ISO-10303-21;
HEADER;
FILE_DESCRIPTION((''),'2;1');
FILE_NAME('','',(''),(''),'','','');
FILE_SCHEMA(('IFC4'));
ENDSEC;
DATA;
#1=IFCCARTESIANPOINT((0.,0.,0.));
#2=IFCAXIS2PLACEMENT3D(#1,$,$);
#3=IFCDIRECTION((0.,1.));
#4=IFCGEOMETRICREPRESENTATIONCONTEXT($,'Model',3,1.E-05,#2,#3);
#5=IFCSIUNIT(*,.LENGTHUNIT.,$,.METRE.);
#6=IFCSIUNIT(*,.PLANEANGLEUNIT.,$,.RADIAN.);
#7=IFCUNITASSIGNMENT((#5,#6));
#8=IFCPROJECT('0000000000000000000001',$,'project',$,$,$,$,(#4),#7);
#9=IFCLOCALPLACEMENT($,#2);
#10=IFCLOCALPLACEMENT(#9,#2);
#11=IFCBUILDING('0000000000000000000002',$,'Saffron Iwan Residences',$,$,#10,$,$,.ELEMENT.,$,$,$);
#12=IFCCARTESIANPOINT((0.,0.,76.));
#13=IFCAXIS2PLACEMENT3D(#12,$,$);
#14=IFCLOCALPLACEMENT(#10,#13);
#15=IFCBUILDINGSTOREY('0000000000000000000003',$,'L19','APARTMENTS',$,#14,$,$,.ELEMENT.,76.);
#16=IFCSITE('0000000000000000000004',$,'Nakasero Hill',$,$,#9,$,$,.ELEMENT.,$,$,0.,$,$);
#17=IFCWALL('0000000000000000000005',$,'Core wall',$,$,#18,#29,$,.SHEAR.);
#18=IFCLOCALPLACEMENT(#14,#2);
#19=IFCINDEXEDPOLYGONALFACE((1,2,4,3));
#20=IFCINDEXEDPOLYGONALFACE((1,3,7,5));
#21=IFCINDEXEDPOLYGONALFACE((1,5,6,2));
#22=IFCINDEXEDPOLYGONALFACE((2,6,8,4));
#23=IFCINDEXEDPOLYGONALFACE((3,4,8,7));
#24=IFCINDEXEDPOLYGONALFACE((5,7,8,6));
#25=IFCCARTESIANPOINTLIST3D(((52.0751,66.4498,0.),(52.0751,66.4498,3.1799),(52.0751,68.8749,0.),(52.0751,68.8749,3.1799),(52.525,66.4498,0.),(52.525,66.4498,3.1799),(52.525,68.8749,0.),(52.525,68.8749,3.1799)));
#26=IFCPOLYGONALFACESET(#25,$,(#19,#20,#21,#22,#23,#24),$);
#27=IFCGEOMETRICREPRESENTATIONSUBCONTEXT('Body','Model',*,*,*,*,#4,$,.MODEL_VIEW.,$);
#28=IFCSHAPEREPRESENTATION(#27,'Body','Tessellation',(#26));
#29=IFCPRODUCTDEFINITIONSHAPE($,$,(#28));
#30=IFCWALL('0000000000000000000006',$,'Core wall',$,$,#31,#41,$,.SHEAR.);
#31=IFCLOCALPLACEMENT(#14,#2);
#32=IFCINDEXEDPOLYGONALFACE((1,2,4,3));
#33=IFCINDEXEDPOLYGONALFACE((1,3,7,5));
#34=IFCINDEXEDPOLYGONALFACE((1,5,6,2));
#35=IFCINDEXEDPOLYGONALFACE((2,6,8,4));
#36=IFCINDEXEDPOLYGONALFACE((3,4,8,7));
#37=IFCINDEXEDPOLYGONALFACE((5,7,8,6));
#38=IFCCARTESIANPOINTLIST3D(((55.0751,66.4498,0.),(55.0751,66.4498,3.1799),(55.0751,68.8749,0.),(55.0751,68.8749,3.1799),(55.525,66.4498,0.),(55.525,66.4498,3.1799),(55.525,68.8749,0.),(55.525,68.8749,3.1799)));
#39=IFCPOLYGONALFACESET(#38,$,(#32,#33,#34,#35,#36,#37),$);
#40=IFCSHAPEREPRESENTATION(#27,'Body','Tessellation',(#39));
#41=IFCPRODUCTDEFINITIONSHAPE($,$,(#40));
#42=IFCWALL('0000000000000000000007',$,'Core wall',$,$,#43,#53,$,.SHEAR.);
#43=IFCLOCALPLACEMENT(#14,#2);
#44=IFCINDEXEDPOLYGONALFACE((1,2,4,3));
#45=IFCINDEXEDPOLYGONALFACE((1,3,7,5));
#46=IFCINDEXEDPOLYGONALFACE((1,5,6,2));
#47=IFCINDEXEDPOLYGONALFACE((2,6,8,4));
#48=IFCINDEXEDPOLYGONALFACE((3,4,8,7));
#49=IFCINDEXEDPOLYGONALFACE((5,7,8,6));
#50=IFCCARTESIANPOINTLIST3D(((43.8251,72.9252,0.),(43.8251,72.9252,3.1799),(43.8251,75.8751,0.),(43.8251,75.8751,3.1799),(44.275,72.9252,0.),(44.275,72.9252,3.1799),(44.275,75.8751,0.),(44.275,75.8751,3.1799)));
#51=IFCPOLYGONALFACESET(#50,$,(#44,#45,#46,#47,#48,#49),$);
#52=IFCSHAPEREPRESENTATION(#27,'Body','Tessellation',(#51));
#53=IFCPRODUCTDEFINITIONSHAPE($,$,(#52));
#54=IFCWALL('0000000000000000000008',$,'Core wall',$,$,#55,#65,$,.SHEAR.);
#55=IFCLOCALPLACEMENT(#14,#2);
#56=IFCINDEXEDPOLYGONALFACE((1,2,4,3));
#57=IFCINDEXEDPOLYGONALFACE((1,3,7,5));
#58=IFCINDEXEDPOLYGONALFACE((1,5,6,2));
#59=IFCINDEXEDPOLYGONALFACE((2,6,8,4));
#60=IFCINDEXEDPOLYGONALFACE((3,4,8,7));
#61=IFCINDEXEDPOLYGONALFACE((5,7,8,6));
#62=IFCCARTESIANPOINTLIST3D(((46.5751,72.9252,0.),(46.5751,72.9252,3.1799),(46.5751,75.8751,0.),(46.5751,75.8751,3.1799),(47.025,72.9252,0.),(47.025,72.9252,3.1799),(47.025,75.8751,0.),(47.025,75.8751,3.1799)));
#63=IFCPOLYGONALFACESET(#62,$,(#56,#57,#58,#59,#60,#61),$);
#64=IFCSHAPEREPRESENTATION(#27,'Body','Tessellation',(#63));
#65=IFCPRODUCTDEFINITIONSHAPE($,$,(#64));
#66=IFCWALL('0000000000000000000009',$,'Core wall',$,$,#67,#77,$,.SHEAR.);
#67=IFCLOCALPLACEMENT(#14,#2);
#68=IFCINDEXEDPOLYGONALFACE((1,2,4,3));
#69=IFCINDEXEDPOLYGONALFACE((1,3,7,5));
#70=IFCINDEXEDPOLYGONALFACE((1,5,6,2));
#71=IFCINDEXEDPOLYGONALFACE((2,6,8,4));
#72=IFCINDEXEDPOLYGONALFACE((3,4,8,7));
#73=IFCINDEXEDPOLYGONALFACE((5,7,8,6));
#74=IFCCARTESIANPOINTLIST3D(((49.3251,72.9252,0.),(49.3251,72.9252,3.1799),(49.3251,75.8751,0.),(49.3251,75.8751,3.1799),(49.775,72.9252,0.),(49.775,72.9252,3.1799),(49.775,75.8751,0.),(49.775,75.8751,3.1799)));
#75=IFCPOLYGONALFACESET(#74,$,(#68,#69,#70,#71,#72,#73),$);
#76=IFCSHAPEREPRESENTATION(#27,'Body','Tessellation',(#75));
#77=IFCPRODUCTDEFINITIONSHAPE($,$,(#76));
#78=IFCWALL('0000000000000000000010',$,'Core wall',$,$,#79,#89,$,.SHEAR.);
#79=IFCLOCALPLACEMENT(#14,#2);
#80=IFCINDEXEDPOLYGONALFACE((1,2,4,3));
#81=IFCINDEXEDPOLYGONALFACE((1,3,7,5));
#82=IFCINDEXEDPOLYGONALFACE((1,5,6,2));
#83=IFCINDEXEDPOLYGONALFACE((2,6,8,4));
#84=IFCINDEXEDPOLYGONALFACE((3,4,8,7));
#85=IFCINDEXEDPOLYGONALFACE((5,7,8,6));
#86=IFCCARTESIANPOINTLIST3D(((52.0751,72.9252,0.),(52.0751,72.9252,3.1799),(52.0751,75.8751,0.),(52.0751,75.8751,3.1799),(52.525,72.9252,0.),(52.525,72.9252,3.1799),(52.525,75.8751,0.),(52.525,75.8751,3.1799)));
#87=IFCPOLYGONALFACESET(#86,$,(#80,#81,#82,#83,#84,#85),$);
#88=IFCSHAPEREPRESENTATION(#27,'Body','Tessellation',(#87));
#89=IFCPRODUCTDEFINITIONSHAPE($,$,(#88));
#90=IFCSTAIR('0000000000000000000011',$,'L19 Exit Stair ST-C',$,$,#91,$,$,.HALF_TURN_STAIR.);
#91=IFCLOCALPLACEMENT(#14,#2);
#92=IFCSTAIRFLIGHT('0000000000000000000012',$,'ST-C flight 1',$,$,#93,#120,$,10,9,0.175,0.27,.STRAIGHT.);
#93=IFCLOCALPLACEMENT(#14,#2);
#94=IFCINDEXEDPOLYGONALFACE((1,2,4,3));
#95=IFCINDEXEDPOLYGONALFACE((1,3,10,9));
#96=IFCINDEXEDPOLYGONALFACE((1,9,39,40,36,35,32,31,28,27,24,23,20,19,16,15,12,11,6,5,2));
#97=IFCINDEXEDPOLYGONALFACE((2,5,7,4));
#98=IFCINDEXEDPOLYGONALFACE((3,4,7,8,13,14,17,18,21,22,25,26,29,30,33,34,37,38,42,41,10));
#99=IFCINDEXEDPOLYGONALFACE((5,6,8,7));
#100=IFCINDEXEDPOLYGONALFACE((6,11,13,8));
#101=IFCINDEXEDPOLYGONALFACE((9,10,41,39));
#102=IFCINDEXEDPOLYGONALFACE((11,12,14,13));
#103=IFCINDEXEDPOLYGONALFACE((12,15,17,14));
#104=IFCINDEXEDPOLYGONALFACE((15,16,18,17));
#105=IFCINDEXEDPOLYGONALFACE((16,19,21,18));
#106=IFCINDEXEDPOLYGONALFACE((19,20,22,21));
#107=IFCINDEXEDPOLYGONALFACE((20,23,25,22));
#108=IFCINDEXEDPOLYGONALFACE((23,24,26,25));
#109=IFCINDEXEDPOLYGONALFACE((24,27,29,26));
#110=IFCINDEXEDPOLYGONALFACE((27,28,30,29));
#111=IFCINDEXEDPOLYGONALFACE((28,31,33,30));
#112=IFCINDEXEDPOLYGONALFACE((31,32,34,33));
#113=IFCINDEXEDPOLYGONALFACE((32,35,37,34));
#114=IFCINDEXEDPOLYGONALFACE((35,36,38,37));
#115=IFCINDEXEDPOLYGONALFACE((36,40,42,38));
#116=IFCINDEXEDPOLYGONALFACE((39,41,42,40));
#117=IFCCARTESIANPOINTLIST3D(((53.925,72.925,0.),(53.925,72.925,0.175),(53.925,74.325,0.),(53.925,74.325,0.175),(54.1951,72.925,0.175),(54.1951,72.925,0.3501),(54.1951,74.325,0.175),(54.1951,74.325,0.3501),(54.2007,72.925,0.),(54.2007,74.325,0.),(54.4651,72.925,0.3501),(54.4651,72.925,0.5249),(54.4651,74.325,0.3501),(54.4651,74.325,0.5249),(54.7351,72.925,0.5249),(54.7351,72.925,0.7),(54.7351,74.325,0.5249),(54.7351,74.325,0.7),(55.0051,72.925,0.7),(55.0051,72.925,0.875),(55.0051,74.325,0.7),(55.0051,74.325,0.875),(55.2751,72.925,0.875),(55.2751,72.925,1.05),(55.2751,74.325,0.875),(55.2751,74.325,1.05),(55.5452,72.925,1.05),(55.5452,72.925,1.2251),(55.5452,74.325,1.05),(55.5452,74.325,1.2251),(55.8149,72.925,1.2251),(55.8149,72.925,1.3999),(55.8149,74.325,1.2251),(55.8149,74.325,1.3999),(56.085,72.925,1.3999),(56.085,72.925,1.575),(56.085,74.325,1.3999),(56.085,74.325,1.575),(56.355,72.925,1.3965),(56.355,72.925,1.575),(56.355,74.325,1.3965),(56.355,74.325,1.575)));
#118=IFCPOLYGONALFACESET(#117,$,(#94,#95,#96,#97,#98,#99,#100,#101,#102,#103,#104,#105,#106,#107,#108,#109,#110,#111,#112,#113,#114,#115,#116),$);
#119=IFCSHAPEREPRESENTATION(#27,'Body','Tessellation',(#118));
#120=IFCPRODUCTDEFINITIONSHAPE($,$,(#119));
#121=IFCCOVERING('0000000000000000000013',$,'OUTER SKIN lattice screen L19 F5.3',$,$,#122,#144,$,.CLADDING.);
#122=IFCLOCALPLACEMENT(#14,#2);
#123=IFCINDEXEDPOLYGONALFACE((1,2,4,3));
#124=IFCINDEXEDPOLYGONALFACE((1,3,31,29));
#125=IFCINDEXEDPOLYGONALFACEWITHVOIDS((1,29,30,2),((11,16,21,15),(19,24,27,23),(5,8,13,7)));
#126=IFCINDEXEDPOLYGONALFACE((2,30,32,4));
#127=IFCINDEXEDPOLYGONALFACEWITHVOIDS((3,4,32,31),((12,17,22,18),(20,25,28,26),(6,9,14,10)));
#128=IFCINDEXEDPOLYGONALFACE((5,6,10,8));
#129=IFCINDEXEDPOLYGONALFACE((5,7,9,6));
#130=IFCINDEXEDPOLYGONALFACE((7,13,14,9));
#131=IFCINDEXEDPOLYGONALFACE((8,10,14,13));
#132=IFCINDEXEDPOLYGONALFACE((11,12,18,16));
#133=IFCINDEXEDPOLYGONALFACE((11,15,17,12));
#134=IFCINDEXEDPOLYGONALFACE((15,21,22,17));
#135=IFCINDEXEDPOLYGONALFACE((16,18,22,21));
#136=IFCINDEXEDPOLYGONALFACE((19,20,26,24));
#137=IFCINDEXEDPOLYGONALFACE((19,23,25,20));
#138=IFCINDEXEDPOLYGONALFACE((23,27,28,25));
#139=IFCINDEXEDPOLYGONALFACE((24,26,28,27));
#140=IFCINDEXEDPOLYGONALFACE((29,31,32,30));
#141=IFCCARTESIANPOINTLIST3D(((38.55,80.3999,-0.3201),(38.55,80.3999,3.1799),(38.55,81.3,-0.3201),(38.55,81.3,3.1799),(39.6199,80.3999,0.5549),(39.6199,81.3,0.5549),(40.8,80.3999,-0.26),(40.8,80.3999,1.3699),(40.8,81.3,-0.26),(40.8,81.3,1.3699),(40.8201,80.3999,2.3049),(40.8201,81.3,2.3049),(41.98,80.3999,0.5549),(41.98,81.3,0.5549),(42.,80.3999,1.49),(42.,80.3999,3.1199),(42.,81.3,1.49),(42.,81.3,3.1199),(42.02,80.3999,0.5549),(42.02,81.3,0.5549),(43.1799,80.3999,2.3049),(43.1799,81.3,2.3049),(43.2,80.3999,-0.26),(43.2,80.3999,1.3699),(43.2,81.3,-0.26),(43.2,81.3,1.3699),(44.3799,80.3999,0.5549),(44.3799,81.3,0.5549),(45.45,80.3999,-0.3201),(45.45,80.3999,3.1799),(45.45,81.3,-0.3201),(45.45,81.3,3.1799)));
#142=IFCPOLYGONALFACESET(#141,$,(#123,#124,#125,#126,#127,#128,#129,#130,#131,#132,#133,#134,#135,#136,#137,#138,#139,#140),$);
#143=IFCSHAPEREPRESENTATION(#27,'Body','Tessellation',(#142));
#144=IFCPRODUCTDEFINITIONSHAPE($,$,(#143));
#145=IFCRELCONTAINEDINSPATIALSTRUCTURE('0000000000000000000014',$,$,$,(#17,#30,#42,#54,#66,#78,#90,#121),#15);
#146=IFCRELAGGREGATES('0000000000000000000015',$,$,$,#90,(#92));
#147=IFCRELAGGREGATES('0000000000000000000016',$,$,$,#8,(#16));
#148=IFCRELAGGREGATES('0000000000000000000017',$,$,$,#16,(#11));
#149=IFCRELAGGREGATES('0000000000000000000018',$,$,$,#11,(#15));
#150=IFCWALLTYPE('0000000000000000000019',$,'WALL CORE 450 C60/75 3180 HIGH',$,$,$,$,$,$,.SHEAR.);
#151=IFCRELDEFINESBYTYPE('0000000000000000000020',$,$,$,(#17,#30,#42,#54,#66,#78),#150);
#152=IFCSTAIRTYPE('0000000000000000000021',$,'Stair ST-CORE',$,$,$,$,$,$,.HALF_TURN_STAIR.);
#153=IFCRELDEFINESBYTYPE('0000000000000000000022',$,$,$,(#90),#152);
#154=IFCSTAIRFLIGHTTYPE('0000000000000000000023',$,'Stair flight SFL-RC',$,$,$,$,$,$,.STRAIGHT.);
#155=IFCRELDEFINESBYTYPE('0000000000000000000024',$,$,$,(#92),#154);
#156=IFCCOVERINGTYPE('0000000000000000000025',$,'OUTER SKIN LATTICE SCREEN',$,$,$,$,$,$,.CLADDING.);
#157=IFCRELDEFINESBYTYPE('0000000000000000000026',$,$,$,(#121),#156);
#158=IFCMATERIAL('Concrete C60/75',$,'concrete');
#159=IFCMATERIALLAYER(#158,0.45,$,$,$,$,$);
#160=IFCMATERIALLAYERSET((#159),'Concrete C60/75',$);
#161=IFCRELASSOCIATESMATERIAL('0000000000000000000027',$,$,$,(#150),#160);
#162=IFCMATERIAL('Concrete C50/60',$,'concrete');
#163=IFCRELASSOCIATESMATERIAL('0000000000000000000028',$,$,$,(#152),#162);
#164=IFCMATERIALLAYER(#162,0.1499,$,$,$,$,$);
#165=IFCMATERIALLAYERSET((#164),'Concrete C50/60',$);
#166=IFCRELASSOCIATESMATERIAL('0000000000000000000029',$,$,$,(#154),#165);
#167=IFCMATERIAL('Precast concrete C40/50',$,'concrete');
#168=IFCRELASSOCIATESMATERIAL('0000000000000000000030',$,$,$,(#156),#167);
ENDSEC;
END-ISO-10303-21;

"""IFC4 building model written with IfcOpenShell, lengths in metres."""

from ifc_helpers import new_model, si_unit, direction, frame, frame_2d, origin, place, context, subcontext, project, spatial, polyline, rectangle, outline, extrude, material, layer, layer_set, type_object, element, aggregate, save


model = new_model("IFC4")

# Units and contexts
model_context = context("Model", 3, precision=1e-05, world=origin(), true_north=direction((0.0, 1.0)))
body_context = subcontext(model_context, "Body", "Model", "MODEL_VIEW")
ifc_project = project(units=[si_unit("LENGTHUNIT", "METRE"), si_unit("PLANEANGLEUNIT", "RADIAN")], contexts=[model_context])

# Site, building, storey
site_placement = place(None, origin())
site = spatial("IfcSite", under=ifc_project, at=site_placement, Name="Nakasero Hill", CompositionType="ELEMENT", RefElevation=0.0)
building_placement = place(site_placement, origin())
building = spatial("IfcBuilding", under=site, at=building_placement, Name="Saffron Iwan Residences", CompositionType="ELEMENT")
storey_placement = place(building_placement, frame((0.0, 0.0, 76.0)))
storey = spatial("IfcBuildingStorey", under=building, at=storey_placement, Name="L19", Description="APARTMENTS", CompositionType="ELEMENT", Elevation=76.0)

# Shared definitions
ifc_material_1 = material(Name="Concrete C60/75", Category="concrete")

# Walls
ifc_layer_1 = layer(ifc_material_1, 0.45)
ifc_layer_set_1 = layer_set([ifc_layer_1], Name="Concrete C60/75")
wall_type_1 = type_object("IfcWallType", Name="WALL CORE 450 C60/75 3180 HIGH", PredefinedType="SHEAR", material=ifc_layer_set_1)
for number, where, z_axis, x_axis, name in (
    (1, (52.3, 66.45, 0.0), (0.0, 0.0, 1.0), (0.0, 1.0, 0.0), "Core wall"),
    (2, (55.3, 66.45, 0.0), (0.0, 0.0, 1.0), (0.0, 1.0, 0.0), "Core wall"),
):
    element("IfcWall", number, at=place(storey_placement, frame(where, z_axis=z_axis, x_axis=x_axis)), inside=storey, type_object=wall_type_1, Name=name, PredefinedType="SHEAR", context=body_context, shape_type="SweptSolid", body=[
        extrude(rectangle(XDim=2.425, YDim=0.45, at=frame_2d((1.2124, 0.0))), origin(), (0.0, 0.0, 1.0), 3.1799),
    ])
for number, where, z_axis, x_axis, name in (
    (3, (44.05, 72.925, 0.0), (0.0, 0.0, 1.0), (0.0, 1.0, 0.0), "Core wall"),
    (4, (46.8, 72.925, 0.0), (0.0, 0.0, 1.0), (0.0, 1.0, 0.0), "Core wall"),
    (5, (49.55, 72.925, 0.0), (0.0, 0.0, 1.0), (0.0, 1.0, 0.0), "Core wall"),
    (6, (52.3, 72.925, 0.0), (0.0, 0.0, 1.0), (0.0, 1.0, 0.0), "Core wall"),
):
    element("IfcWall", number, at=place(storey_placement, frame(where, z_axis=z_axis, x_axis=x_axis)), inside=storey, type_object=wall_type_1, Name=name, PredefinedType="SHEAR", context=body_context, shape_type="SweptSolid", body=[
        extrude(rectangle(XDim=2.95, YDim=0.45, at=frame_2d((1.4751, 0.0))), origin(), (0.0, 0.0, 1.0), 3.1799),
    ])

# Stair, stair flight
ifc_material_2 = material(Name="Concrete C50/60", Category="concrete")
stair_type = type_object("IfcStairType", Name="Stair ST-CORE", PredefinedType="HALF_TURN_STAIR", material=ifc_material_2)
stair_placement = place(storey_placement, origin())
stair = element("IfcStair", 7, at=stair_placement, inside=storey, type_object=stair_type, Name="L19 Exit Stair ST-C", PredefinedType="HALF_TURN_STAIR")
ifc_layer_2 = layer(ifc_material_2, 0.1499)
ifc_layer_set_2 = layer_set([ifc_layer_2], Name="Concrete C50/60")
stair_flight_type = type_object("IfcStairFlightType", Name="Stair flight SFL-RC", PredefinedType="STRAIGHT", material=ifc_layer_set_2)
stair_flight_placement = place(storey_placement, frame((53.925, 73.625, 0.0), z_axis=(0.0, 0.0, 1.0), x_axis=(1.0, 0.0, 0.0)))
stair_flight = element("IfcStairFlight", 8, at=stair_flight_placement, type_object=stair_flight_type, Name="ST-C flight 1", NumberOfRisers=10, NumberOfTreads=9, PredefinedType="STRAIGHT", RiserHeight=0.175, TreadLength=0.27, context=body_context, shape_type="SweptSolid", body=[
    extrude(outline(polyline([(0.0, 0.0), (0.0, 0.175), (0.27, 0.175), (0.27, 0.3501), (0.54, 0.3501), (0.54, 0.5249), (0.8101, 0.5249), (0.8101, 0.7), (1.0801, 0.7), (1.0801, 0.875), (1.3501, 0.875), (1.3501, 1.05), (1.6201, 1.05), (1.6201, 1.2251), (1.8899, 1.2251), (1.8899, 1.3999), (2.1599, 1.3999), (2.1599, 1.575), (2.4299, 1.575), (2.4299, 1.75), (2.4299, 1.3965), (0.2756, 0.0), (0.0, 0.0)])), frame((0.0, 0.7, 0.0), z_axis=(0.0, -1.0, 0.0), x_axis=(1.0, 0.0, 0.0)), (0.0, 0.0, 1.0), 1.3999),
])
aggregate(stair, [stair_flight])

# Covering
ifc_material_3 = material(Name="Precast concrete C40/50", Category="concrete")
covering_type_1 = type_object("IfcCoveringType", Name="OUTER SKIN LATTICE SCREEN", PredefinedType="CLADDING", material=ifc_material_3)
covering_placement = place(storey_placement, frame((45.45, 80.3999, -0.3201), z_axis=(0.0, 1.0, 0.0), x_axis=(-1.0, 0.0, 0.0)))
element("IfcCovering", 9, at=covering_placement, inside=storey, type_object=covering_type_1, Name="OUTER SKIN lattice screen L19 F5.3", PredefinedType="CLADDING", context=body_context, shape_type="SweptSolid", body=[
    extrude(outline(polyline([(0.0, 0.0), (6.8999, 0.0), (6.8999, 3.5), (0.0, 3.5), (0.0, 0.0)]), holes=[polyline([(1.0701, 0.875), (2.25, 0.0601), (3.4299, 0.875), (2.25, 1.6899), (1.0701, 0.875)]), polyline([(3.47, 0.875), (4.6499, 0.0601), (5.8301, 0.875), (4.6499, 1.6899), (3.47, 0.875)]), polyline([(2.27, 2.625), (3.45, 1.8101), (4.6299, 2.625), (3.45, 3.4399), (2.27, 2.625)])]), origin(), (0.0, 0.0, 1.0), 0.9001),
])

save(model, "model.ifc")
